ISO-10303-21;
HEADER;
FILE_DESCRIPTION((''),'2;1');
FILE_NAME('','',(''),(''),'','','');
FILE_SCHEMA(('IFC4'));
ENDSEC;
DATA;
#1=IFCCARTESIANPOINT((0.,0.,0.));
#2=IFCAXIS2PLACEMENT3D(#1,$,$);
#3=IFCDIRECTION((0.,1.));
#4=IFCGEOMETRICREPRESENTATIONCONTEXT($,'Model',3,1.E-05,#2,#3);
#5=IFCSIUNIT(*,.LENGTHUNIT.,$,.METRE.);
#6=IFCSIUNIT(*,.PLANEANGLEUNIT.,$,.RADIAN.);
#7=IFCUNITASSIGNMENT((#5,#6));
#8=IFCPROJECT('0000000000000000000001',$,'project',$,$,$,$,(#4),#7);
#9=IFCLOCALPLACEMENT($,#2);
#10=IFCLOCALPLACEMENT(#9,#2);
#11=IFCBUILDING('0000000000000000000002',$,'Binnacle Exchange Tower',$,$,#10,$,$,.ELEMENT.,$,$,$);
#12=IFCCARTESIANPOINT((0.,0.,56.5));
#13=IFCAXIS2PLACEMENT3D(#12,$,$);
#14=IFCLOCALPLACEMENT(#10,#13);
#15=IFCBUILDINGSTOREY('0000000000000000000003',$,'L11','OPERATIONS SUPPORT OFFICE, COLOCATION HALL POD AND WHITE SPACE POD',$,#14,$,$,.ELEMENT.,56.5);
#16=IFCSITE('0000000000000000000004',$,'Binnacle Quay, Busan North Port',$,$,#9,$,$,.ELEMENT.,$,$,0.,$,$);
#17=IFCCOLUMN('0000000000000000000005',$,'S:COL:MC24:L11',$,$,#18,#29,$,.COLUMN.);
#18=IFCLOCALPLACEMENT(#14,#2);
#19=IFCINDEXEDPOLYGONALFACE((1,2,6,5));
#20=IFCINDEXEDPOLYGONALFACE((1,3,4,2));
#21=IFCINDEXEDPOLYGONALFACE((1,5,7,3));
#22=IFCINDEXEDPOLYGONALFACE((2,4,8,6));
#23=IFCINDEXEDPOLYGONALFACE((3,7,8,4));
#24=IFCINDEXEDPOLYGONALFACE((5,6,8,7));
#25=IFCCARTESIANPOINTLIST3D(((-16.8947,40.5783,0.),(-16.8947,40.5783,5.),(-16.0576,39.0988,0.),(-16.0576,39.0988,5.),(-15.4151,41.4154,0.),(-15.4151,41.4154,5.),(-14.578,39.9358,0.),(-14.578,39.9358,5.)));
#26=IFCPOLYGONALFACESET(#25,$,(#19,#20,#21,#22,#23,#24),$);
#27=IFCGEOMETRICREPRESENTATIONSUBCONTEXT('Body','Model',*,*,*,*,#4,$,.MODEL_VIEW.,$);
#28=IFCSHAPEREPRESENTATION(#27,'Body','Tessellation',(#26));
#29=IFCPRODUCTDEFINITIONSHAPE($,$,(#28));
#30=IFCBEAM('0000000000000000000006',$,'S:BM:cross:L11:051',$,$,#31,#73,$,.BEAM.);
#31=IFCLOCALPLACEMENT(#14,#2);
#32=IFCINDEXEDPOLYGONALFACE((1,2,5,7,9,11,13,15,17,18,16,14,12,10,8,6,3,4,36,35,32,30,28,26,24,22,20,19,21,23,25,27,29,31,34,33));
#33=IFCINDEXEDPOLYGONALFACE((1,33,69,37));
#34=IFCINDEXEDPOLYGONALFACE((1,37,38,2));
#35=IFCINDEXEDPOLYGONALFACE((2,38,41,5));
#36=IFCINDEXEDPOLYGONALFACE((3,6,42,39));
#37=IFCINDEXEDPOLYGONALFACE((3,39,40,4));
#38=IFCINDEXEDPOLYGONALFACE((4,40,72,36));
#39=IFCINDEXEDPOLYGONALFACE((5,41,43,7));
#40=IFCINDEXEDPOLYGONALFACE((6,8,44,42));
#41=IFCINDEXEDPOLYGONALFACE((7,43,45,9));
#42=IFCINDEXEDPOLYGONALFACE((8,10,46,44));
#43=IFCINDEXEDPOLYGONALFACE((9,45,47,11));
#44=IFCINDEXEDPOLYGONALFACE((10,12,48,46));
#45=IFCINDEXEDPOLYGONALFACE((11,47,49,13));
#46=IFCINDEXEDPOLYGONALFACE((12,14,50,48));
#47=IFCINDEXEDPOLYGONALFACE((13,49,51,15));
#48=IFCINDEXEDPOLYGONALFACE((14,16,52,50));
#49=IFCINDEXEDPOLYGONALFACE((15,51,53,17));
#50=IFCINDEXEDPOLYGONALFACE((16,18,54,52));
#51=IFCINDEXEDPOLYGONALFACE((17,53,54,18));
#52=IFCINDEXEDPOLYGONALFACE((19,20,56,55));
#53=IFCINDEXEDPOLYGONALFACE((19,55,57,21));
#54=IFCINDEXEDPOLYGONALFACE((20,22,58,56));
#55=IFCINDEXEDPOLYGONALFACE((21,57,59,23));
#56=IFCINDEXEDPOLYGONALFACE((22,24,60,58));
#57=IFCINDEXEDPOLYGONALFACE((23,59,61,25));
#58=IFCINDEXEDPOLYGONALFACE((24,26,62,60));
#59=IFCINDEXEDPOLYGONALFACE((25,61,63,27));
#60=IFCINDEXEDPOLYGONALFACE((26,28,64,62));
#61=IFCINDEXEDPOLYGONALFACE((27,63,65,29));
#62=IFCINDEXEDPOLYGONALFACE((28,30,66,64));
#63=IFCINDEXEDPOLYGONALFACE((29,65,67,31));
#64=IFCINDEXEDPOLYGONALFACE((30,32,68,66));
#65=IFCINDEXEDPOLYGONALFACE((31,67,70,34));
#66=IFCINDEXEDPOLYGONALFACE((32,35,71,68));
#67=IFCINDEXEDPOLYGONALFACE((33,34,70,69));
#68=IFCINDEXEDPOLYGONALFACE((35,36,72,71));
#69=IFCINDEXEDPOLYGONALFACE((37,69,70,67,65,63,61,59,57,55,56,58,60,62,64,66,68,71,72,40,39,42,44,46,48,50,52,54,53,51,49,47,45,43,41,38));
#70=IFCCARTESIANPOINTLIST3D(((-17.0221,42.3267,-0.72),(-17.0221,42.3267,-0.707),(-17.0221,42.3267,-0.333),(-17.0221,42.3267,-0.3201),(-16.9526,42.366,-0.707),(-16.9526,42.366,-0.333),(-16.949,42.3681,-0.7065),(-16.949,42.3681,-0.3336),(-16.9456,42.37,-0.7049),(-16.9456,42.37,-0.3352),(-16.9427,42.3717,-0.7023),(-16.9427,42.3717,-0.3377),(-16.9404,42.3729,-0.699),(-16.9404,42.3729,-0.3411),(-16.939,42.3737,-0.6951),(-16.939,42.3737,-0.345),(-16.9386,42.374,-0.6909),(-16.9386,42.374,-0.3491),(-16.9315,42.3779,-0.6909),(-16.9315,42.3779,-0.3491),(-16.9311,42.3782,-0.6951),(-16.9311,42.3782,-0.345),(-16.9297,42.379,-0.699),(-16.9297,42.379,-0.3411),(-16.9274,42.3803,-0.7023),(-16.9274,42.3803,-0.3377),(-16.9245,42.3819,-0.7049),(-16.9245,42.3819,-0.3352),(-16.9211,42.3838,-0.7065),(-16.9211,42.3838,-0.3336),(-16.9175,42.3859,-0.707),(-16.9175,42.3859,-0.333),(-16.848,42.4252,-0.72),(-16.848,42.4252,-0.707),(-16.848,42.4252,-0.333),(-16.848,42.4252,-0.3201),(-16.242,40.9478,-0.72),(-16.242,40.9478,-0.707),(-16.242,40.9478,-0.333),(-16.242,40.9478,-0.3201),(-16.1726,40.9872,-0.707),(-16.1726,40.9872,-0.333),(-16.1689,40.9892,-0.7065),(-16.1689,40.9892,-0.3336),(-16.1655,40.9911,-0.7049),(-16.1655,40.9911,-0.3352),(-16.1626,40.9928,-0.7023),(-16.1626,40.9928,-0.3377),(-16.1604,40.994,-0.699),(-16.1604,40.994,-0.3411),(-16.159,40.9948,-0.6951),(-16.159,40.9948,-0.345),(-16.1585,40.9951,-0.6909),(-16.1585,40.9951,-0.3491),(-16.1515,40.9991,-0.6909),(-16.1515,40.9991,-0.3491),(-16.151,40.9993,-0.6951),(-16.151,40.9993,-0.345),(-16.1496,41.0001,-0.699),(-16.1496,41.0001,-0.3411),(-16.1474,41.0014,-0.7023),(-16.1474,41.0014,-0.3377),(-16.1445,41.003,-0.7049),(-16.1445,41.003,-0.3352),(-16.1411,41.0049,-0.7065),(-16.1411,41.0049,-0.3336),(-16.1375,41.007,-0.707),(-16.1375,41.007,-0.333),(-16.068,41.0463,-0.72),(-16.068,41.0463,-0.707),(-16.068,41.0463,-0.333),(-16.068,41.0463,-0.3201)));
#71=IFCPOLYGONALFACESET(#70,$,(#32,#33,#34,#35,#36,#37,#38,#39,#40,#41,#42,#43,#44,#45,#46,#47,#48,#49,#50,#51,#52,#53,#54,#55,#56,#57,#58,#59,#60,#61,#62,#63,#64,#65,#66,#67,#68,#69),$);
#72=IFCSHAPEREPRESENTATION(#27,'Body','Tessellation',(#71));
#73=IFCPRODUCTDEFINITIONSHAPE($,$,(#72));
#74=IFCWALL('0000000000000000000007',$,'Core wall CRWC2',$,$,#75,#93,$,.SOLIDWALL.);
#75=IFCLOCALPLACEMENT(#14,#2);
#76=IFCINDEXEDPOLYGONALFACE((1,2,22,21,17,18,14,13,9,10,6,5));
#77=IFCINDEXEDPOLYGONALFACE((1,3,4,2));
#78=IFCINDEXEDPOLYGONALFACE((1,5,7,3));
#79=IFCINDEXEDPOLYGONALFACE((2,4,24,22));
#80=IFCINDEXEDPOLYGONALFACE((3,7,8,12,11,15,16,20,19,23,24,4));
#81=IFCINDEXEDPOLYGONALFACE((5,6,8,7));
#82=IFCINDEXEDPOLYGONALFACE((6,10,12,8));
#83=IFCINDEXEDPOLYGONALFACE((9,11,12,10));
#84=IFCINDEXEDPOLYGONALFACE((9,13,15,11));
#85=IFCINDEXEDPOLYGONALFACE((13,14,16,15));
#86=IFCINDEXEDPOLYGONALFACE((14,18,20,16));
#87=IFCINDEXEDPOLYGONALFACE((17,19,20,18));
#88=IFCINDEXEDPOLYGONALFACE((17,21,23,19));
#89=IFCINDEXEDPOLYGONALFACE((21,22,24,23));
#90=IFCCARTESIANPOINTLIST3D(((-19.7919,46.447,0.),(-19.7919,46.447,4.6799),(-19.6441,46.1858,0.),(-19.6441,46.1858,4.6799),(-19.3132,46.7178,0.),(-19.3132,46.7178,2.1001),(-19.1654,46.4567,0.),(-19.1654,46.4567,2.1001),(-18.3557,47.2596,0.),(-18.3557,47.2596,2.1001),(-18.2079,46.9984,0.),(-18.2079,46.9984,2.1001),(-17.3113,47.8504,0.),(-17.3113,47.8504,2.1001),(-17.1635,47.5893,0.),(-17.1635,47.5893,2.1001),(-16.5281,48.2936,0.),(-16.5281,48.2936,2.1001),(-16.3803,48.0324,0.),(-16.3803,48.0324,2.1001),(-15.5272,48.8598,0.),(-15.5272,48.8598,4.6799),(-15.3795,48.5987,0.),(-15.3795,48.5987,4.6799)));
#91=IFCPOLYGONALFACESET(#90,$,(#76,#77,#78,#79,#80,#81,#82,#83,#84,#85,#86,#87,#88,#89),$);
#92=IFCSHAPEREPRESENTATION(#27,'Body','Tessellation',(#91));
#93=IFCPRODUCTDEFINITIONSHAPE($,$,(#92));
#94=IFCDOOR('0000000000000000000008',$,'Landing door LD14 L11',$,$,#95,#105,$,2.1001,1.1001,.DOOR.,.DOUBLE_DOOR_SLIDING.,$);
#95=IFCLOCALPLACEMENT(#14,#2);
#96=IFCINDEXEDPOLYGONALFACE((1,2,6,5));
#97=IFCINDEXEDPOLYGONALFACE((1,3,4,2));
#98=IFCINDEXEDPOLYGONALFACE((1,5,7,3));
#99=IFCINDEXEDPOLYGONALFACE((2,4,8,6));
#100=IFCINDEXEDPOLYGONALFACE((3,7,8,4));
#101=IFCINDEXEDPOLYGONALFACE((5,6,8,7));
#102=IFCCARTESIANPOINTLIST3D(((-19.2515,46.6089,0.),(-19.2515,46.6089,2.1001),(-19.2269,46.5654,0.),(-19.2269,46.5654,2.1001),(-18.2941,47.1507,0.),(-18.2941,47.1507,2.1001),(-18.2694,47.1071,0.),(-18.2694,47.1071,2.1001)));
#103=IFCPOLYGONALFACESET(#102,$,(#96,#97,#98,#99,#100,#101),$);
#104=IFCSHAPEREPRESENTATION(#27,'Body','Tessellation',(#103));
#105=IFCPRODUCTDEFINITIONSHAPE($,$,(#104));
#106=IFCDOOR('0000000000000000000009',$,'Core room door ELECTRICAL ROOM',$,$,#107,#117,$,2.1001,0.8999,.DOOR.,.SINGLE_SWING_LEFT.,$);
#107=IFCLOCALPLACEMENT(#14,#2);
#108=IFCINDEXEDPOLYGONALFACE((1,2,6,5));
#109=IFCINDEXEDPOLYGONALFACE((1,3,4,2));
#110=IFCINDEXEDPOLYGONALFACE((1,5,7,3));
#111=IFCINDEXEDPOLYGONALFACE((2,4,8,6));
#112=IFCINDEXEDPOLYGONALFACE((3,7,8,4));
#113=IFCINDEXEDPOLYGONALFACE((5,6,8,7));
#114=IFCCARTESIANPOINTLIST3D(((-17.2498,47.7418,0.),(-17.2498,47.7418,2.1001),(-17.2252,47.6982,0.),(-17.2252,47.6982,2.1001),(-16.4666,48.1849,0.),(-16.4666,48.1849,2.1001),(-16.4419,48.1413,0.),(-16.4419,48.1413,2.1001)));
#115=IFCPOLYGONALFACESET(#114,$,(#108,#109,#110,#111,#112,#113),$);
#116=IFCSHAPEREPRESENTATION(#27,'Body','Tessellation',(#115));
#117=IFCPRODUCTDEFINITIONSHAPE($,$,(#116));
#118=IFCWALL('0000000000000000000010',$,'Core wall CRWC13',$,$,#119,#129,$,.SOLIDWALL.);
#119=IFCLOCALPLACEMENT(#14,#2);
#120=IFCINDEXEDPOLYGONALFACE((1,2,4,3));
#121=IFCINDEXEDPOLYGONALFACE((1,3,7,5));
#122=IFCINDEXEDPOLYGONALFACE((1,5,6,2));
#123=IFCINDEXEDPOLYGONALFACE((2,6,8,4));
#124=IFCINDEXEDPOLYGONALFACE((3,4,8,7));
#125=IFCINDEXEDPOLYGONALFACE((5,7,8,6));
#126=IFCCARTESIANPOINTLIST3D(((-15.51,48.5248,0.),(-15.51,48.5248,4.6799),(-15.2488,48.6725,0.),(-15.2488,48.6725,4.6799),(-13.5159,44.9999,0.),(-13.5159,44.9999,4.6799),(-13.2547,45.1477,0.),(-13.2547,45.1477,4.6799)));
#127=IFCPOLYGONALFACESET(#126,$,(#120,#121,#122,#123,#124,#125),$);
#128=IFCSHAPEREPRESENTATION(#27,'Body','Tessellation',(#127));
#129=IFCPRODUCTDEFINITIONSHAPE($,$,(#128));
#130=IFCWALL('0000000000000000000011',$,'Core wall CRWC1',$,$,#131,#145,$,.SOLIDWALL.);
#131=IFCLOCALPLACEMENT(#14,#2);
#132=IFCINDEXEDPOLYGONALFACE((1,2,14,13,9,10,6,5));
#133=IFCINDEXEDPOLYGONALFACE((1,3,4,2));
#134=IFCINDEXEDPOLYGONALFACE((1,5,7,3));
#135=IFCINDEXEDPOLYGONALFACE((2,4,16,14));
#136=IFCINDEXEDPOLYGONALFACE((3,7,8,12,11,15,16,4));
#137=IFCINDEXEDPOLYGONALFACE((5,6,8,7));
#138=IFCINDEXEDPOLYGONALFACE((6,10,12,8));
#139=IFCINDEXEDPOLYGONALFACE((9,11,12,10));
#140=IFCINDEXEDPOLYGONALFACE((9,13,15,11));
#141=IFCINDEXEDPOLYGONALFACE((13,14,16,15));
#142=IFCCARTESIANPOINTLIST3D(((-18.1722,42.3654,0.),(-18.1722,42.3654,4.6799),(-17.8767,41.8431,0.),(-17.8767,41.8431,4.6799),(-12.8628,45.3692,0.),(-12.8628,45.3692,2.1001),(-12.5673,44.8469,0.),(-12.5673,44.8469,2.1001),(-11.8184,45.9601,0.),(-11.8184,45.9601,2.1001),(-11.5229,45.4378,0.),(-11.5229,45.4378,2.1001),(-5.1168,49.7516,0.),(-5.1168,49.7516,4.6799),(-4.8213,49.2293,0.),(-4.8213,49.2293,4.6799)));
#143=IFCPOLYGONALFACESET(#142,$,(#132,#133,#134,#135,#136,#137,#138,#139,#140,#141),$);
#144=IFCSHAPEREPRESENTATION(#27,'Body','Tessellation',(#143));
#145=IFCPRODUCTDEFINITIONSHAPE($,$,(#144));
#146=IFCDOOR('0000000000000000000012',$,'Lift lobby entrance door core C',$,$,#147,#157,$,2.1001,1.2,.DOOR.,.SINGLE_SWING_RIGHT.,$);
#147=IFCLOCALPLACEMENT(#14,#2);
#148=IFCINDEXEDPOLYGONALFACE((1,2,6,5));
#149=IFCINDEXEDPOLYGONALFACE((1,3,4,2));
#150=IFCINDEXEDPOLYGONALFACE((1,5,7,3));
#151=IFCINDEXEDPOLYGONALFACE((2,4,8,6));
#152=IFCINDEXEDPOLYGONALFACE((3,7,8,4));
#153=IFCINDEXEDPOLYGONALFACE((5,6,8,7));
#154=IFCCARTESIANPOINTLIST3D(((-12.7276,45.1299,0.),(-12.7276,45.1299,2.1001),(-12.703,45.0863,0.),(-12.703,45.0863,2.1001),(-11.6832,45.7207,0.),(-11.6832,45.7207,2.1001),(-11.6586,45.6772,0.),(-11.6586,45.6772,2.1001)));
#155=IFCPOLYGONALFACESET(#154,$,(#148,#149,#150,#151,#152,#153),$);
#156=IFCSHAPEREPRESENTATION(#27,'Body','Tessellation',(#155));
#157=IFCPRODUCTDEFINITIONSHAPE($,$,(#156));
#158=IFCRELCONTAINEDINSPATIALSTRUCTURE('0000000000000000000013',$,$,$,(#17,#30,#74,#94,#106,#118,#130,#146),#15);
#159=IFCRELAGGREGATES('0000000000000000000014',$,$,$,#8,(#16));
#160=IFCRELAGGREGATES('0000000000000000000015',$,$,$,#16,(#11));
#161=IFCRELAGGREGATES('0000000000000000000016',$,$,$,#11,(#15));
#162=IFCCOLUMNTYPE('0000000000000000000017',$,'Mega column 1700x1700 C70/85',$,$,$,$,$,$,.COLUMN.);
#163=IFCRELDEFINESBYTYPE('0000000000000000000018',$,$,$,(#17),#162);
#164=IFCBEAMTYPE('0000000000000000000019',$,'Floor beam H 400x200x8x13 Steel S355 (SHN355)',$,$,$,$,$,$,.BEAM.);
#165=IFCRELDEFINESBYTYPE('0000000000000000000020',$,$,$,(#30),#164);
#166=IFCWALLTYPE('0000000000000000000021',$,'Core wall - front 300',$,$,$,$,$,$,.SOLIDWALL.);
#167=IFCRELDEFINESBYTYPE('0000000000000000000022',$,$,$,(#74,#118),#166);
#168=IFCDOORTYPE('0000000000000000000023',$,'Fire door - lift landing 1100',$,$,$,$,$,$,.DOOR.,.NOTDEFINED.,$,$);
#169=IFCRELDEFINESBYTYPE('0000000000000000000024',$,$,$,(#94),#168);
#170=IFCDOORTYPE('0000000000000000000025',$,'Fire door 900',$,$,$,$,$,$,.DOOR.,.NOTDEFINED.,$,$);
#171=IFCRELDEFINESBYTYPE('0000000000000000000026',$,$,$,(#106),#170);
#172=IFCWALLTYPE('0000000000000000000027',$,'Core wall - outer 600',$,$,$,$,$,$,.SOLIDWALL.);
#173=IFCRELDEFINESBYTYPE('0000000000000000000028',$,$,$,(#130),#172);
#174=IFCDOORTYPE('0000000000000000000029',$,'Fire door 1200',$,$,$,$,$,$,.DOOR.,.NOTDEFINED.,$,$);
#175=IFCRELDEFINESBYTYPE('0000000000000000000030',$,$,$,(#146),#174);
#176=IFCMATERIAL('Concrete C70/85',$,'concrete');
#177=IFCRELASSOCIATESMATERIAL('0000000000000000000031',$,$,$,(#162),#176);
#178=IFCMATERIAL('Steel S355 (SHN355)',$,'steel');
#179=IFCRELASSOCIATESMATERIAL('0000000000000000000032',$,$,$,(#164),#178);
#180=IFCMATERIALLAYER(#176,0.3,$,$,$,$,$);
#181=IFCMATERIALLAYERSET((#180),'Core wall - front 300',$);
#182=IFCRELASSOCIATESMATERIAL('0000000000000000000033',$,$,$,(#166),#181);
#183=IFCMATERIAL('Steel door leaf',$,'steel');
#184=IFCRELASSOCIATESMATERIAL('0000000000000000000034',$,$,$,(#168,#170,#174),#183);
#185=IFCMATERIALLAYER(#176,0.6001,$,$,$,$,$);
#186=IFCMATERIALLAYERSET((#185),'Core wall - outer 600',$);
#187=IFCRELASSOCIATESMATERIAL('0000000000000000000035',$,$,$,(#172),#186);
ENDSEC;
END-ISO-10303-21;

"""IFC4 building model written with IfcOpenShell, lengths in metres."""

from ifc_helpers import new_model, si_unit, direction, frame, frame_2d, origin, origin_2d, place, context, subcontext, project, spatial, rectangle, i_section, extrude, material, layer, layer_set, material_profile, profile_set, type_object, element, fill, save


model = new_model("IFC4")

# Units and contexts
model_context = context("Model", 3, precision=1e-05, world=origin(), true_north=direction((0.0, 1.0)))
body_context = subcontext(model_context, "Body", "Model", "MODEL_VIEW")
ifc_project = project(units=[si_unit("LENGTHUNIT", "METRE"), si_unit("PLANEANGLEUNIT", "RADIAN")], contexts=[model_context])

# Site, building, storey
site_placement = place(None, origin())
site = spatial("IfcSite", under=ifc_project, at=site_placement, Name="Binnacle Quay, Busan North Port", CompositionType="ELEMENT", RefElevation=0.0)
building_placement = place(site_placement, origin())
building = spatial("IfcBuilding", under=site, at=building_placement, Name="Binnacle Exchange Tower", CompositionType="ELEMENT")
storey_placement = place(building_placement, frame((0.0, 0.0, 56.5)))
storey = spatial("IfcBuildingStorey", under=building, at=storey_placement, Name="L11", Description="OPERATIONS SUPPORT OFFICE, COLOCATION HALL POD AND WHITE SPACE POD", CompositionType="ELEMENT", Elevation=56.5)

# Column
ifc_material_1 = material(Name="Concrete C70/85", Category="concrete")
ifc_material_profile_1 = material_profile(ifc_material_1, rectangle(XDim=1.7, YDim=1.7, at=origin_2d()), Name="Mega column 1700x1700 C70/85")
ifc_profile_set_1 = profile_set([ifc_material_profile_1], Name="Concrete C70/85")
column_type = type_object("IfcColumnType", Name="Mega column 1700x1700 C70/85", PredefinedType="COLUMN", material=ifc_profile_set_1)
column_placement = place(storey_placement, frame((-15.7363, 40.2571, 0.0), z_axis=(0.0, 0.0, 1.0), x_axis=(0.870356, 0.492424, 0.0)))
element("IfcColumn", 1, at=column_placement, inside=storey, type_object=column_type, Name="S:COL:MC24:L11", PredefinedType="COLUMN", context=body_context, shape_type="SweptSolid", body=[
    extrude(rectangle(XDim=1.7, YDim=1.7, at=origin_2d()), origin(), (0.0, 0.0, 1.0), 5.0),
])

# Beam
ifc_material_2 = material(Name="Steel S355 (SHN355)", Category="steel")
ifc_material_profile_2 = material_profile(ifc_material_2, i_section(OverallWidth=0.2, OverallDepth=0.3999, WebThickness=0.0081, FlangeThickness=0.0129, FilletRadius=0.0161, at=origin_2d()), Name="H 400x200x8x13")
ifc_profile_set_2 = profile_set([ifc_material_profile_2], Name="Steel S355 (SHN355)")
beam_type = type_object("IfcBeamType", Name="Floor beam H 400x200x8x13 Steel S355 (SHN355)", PredefinedType="BEAM", material=ifc_profile_set_2)
beam_placement = place(storey_placement, frame((-16.155, 40.9971, -0.52), z_axis=(-0.492367, 0.870388, 0.0), x_axis=(-0.870388, -0.492367, 0.0)))
element("IfcBeam", 2, at=beam_placement, inside=storey, type_object=beam_type, Name="S:BM:cross:L11:051", PredefinedType="BEAM", context=body_context, shape_type="SweptSolid", body=[
    extrude(i_section(OverallWidth=0.2, OverallDepth=0.3999, WebThickness=0.0081, FlangeThickness=0.0129, FilletRadius=0.0161, at=origin_2d()), origin(), (0.0, 0.0, 1.0), 1.5842),
])

# Wall, openings, doors
ifc_layer_1 = layer(ifc_material_1, 0.3)
ifc_layer_set_1 = layer_set([ifc_layer_1], Name="Core wall - front 300")
wall_type_1 = type_object("IfcWallType", Name="Core wall - front 300", PredefinedType="SOLIDWALL", material=ifc_layer_set_1)
wall_1_placement = place(storey_placement, frame((-19.718, 46.3164, 0.0), z_axis=(0.0, 0.0, 1.0), x_axis=(0.870354, 0.492427, 0.0)))
wall_1 = element("IfcWall", 3, at=wall_1_placement, inside=storey, type_object=wall_type_1, Name="Core wall CRWC2", PredefinedType="SOLIDWALL", context=body_context, shape_type="SweptSolid", body=[
    extrude(rectangle(XDim=4.8999, YDim=0.3, at=frame_2d((2.45, 0.0))), origin(), (0.0, 0.0, 1.0), 4.6799),
])
opening_1_placement = place(wall_1_placement, frame((0.55, 0.0, 0.0)))
opening_1 = element("IfcOpeningElement", 4, at=opening_1_placement, cuts=wall_1, PredefinedType="OPENING", context=body_context, shape_type="SweptSolid", body=[
    extrude(rectangle(XDim=1.1001, YDim=2.1001, at=frame_2d((0.55, 1.05))), frame((0.0, 0.1599, 0.0), z_axis=(0.0, -1.0, 0.0), x_axis=(1.0, 0.0, 0.0)), (0.0, 0.0, 1.0), 0.3201),
])
opening_2_placement = place(wall_1_placement, frame((2.8501, 0.0, 0.0)))
opening_2 = element("IfcOpeningElement", 5, at=opening_2_placement, cuts=wall_1, PredefinedType="OPENING", context=body_context, shape_type="SweptSolid", body=[
    extrude(rectangle(XDim=0.8999, YDim=2.1001, at=frame_2d((0.45, 1.05))), frame((0.0, 0.1599, 0.0), z_axis=(0.0, -1.0, 0.0), x_axis=(1.0, 0.0, 0.0)), (0.0, 0.0, 1.0), 0.3201),
])
ifc_material_3 = material(Name="Steel door leaf", Category="steel")
door_type_1 = type_object("IfcDoorType", Name="Fire door - lift landing 1100", OperationType="NOTDEFINED", PredefinedType="DOOR", material=ifc_material_3)
door_1_placement = place(opening_1_placement, origin())
door_1 = element("IfcDoor", 6, at=door_1_placement, inside=storey, type_object=door_type_1, Name="Landing door LD14 L11", OperationType="DOUBLE_DOOR_SLIDING", OverallHeight=2.1001, OverallWidth=1.1001, PredefinedType="DOOR", context=body_context, shape_type="SweptSolid", body=[
    extrude(rectangle(XDim=1.1001, YDim=2.1001, at=frame_2d((0.55, 1.05))), frame((0.0, 0.0249, 0.0), z_axis=(0.0, -1.0, 0.0), x_axis=(1.0, 0.0, 0.0)), (0.0, 0.0, 1.0), 0.05),
])
fill(opening_1, door_1)
door_type_2 = type_object("IfcDoorType", Name="Fire door 900", OperationType="NOTDEFINED", PredefinedType="DOOR", material=ifc_material_3)
door_2_placement = place(opening_2_placement, frame((0.8999, 0.0, 0.0), z_axis=(0.0, 0.0, 1.0), x_axis=(-1.0, 0.0, 0.0)))
door_2 = element("IfcDoor", 7, at=door_2_placement, inside=storey, type_object=door_type_2, Name="Core room door ELECTRICAL ROOM", OperationType="SINGLE_SWING_LEFT", OverallHeight=2.1001, OverallWidth=0.8999, PredefinedType="DOOR", context=body_context, shape_type="SweptSolid", body=[
    extrude(rectangle(XDim=0.8999, YDim=2.1001, at=frame_2d((0.45, 1.05))), frame((0.0, 0.0249, 0.0), z_axis=(0.0, -1.0, 0.0), x_axis=(1.0, 0.0, 0.0)), (0.0, 0.0, 1.0), 0.05),
])
fill(opening_2, door_2)

# Wall
wall_2_placement = place(storey_placement, frame((-15.3794, 48.5986, 0.0), z_axis=(0.0, 0.0, 1.0), x_axis=(0.492395, -0.870372, 0.0)))
element("IfcWall", 8, at=wall_2_placement, inside=storey, type_object=wall_type_1, Name="Core wall CRWC13", PredefinedType="SOLIDWALL", context=body_context, shape_type="SweptSolid", body=[
    extrude(rectangle(XDim=4.0498, YDim=0.3, at=frame_2d((2.0249, 0.0))), origin(), (0.0, 0.0, 1.0), 4.6799),
])

# Wall, opening, door
ifc_layer_2 = layer(ifc_material_1, 0.6001)
ifc_layer_set_2 = layer_set([ifc_layer_2], Name="Core wall - outer 600")
wall_type_2 = type_object("IfcWallType", Name="Core wall - outer 600", PredefinedType="SOLIDWALL", material=ifc_layer_set_2)
wall_3_placement = place(storey_placement, frame((-18.0244, 42.1042, 0.0), z_axis=(0.0, 0.0, 1.0), x_axis=(0.870361, 0.492415, 0.0)))
wall_3 = element("IfcWall", 9, at=wall_3_placement, inside=storey, type_object=wall_type_2, Name="Core wall CRWC1", PredefinedType="SOLIDWALL", context=body_context, shape_type="SweptSolid", body=[
    extrude(rectangle(XDim=15.0, YDim=0.6001, at=frame_2d((7.5, 0.0))), origin(), (0.0, 0.0, 1.0), 4.6799),
])
opening_3_placement = place(wall_3_placement, frame((6.1001, 0.0, 0.0)))
opening_3 = element("IfcOpeningElement", 10, at=opening_3_placement, cuts=wall_3, PredefinedType="OPENING", context=body_context, shape_type="SweptSolid", body=[
    extrude(rectangle(XDim=1.2, YDim=2.1001, at=frame_2d((0.6001, 1.05))), frame((0.0, 0.3101, 0.0), z_axis=(0.0, -1.0, 0.0), x_axis=(1.0, 0.0, 0.0)), (0.0, 0.0, 1.0), 0.6201),
])
door_type_3 = type_object("IfcDoorType", Name="Fire door 1200", OperationType="NOTDEFINED", PredefinedType="DOOR", material=ifc_material_3)
door_3_placement = place(opening_3_placement, frame((1.2, 0.0, 0.0), z_axis=(0.0, 0.0, 1.0), x_axis=(-1.0, 0.0, 0.0)))
door_3 = element("IfcDoor", 11, at=door_3_placement, inside=storey, type_object=door_type_3, Name="Lift lobby entrance door core C", OperationType="SINGLE_SWING_RIGHT", OverallHeight=2.1001, OverallWidth=1.2, PredefinedType="DOOR", context=body_context, shape_type="SweptSolid", body=[
    extrude(rectangle(XDim=1.2, YDim=2.1001, at=frame_2d((0.6001, 1.05))), frame((0.0, 0.0249, 0.0), z_axis=(0.0, -1.0, 0.0), x_axis=(1.0, 0.0, 0.0)), (0.0, 0.0, 1.0), 0.05),
])
fill(opening_3, door_3)

save(model, "model.ifc")
